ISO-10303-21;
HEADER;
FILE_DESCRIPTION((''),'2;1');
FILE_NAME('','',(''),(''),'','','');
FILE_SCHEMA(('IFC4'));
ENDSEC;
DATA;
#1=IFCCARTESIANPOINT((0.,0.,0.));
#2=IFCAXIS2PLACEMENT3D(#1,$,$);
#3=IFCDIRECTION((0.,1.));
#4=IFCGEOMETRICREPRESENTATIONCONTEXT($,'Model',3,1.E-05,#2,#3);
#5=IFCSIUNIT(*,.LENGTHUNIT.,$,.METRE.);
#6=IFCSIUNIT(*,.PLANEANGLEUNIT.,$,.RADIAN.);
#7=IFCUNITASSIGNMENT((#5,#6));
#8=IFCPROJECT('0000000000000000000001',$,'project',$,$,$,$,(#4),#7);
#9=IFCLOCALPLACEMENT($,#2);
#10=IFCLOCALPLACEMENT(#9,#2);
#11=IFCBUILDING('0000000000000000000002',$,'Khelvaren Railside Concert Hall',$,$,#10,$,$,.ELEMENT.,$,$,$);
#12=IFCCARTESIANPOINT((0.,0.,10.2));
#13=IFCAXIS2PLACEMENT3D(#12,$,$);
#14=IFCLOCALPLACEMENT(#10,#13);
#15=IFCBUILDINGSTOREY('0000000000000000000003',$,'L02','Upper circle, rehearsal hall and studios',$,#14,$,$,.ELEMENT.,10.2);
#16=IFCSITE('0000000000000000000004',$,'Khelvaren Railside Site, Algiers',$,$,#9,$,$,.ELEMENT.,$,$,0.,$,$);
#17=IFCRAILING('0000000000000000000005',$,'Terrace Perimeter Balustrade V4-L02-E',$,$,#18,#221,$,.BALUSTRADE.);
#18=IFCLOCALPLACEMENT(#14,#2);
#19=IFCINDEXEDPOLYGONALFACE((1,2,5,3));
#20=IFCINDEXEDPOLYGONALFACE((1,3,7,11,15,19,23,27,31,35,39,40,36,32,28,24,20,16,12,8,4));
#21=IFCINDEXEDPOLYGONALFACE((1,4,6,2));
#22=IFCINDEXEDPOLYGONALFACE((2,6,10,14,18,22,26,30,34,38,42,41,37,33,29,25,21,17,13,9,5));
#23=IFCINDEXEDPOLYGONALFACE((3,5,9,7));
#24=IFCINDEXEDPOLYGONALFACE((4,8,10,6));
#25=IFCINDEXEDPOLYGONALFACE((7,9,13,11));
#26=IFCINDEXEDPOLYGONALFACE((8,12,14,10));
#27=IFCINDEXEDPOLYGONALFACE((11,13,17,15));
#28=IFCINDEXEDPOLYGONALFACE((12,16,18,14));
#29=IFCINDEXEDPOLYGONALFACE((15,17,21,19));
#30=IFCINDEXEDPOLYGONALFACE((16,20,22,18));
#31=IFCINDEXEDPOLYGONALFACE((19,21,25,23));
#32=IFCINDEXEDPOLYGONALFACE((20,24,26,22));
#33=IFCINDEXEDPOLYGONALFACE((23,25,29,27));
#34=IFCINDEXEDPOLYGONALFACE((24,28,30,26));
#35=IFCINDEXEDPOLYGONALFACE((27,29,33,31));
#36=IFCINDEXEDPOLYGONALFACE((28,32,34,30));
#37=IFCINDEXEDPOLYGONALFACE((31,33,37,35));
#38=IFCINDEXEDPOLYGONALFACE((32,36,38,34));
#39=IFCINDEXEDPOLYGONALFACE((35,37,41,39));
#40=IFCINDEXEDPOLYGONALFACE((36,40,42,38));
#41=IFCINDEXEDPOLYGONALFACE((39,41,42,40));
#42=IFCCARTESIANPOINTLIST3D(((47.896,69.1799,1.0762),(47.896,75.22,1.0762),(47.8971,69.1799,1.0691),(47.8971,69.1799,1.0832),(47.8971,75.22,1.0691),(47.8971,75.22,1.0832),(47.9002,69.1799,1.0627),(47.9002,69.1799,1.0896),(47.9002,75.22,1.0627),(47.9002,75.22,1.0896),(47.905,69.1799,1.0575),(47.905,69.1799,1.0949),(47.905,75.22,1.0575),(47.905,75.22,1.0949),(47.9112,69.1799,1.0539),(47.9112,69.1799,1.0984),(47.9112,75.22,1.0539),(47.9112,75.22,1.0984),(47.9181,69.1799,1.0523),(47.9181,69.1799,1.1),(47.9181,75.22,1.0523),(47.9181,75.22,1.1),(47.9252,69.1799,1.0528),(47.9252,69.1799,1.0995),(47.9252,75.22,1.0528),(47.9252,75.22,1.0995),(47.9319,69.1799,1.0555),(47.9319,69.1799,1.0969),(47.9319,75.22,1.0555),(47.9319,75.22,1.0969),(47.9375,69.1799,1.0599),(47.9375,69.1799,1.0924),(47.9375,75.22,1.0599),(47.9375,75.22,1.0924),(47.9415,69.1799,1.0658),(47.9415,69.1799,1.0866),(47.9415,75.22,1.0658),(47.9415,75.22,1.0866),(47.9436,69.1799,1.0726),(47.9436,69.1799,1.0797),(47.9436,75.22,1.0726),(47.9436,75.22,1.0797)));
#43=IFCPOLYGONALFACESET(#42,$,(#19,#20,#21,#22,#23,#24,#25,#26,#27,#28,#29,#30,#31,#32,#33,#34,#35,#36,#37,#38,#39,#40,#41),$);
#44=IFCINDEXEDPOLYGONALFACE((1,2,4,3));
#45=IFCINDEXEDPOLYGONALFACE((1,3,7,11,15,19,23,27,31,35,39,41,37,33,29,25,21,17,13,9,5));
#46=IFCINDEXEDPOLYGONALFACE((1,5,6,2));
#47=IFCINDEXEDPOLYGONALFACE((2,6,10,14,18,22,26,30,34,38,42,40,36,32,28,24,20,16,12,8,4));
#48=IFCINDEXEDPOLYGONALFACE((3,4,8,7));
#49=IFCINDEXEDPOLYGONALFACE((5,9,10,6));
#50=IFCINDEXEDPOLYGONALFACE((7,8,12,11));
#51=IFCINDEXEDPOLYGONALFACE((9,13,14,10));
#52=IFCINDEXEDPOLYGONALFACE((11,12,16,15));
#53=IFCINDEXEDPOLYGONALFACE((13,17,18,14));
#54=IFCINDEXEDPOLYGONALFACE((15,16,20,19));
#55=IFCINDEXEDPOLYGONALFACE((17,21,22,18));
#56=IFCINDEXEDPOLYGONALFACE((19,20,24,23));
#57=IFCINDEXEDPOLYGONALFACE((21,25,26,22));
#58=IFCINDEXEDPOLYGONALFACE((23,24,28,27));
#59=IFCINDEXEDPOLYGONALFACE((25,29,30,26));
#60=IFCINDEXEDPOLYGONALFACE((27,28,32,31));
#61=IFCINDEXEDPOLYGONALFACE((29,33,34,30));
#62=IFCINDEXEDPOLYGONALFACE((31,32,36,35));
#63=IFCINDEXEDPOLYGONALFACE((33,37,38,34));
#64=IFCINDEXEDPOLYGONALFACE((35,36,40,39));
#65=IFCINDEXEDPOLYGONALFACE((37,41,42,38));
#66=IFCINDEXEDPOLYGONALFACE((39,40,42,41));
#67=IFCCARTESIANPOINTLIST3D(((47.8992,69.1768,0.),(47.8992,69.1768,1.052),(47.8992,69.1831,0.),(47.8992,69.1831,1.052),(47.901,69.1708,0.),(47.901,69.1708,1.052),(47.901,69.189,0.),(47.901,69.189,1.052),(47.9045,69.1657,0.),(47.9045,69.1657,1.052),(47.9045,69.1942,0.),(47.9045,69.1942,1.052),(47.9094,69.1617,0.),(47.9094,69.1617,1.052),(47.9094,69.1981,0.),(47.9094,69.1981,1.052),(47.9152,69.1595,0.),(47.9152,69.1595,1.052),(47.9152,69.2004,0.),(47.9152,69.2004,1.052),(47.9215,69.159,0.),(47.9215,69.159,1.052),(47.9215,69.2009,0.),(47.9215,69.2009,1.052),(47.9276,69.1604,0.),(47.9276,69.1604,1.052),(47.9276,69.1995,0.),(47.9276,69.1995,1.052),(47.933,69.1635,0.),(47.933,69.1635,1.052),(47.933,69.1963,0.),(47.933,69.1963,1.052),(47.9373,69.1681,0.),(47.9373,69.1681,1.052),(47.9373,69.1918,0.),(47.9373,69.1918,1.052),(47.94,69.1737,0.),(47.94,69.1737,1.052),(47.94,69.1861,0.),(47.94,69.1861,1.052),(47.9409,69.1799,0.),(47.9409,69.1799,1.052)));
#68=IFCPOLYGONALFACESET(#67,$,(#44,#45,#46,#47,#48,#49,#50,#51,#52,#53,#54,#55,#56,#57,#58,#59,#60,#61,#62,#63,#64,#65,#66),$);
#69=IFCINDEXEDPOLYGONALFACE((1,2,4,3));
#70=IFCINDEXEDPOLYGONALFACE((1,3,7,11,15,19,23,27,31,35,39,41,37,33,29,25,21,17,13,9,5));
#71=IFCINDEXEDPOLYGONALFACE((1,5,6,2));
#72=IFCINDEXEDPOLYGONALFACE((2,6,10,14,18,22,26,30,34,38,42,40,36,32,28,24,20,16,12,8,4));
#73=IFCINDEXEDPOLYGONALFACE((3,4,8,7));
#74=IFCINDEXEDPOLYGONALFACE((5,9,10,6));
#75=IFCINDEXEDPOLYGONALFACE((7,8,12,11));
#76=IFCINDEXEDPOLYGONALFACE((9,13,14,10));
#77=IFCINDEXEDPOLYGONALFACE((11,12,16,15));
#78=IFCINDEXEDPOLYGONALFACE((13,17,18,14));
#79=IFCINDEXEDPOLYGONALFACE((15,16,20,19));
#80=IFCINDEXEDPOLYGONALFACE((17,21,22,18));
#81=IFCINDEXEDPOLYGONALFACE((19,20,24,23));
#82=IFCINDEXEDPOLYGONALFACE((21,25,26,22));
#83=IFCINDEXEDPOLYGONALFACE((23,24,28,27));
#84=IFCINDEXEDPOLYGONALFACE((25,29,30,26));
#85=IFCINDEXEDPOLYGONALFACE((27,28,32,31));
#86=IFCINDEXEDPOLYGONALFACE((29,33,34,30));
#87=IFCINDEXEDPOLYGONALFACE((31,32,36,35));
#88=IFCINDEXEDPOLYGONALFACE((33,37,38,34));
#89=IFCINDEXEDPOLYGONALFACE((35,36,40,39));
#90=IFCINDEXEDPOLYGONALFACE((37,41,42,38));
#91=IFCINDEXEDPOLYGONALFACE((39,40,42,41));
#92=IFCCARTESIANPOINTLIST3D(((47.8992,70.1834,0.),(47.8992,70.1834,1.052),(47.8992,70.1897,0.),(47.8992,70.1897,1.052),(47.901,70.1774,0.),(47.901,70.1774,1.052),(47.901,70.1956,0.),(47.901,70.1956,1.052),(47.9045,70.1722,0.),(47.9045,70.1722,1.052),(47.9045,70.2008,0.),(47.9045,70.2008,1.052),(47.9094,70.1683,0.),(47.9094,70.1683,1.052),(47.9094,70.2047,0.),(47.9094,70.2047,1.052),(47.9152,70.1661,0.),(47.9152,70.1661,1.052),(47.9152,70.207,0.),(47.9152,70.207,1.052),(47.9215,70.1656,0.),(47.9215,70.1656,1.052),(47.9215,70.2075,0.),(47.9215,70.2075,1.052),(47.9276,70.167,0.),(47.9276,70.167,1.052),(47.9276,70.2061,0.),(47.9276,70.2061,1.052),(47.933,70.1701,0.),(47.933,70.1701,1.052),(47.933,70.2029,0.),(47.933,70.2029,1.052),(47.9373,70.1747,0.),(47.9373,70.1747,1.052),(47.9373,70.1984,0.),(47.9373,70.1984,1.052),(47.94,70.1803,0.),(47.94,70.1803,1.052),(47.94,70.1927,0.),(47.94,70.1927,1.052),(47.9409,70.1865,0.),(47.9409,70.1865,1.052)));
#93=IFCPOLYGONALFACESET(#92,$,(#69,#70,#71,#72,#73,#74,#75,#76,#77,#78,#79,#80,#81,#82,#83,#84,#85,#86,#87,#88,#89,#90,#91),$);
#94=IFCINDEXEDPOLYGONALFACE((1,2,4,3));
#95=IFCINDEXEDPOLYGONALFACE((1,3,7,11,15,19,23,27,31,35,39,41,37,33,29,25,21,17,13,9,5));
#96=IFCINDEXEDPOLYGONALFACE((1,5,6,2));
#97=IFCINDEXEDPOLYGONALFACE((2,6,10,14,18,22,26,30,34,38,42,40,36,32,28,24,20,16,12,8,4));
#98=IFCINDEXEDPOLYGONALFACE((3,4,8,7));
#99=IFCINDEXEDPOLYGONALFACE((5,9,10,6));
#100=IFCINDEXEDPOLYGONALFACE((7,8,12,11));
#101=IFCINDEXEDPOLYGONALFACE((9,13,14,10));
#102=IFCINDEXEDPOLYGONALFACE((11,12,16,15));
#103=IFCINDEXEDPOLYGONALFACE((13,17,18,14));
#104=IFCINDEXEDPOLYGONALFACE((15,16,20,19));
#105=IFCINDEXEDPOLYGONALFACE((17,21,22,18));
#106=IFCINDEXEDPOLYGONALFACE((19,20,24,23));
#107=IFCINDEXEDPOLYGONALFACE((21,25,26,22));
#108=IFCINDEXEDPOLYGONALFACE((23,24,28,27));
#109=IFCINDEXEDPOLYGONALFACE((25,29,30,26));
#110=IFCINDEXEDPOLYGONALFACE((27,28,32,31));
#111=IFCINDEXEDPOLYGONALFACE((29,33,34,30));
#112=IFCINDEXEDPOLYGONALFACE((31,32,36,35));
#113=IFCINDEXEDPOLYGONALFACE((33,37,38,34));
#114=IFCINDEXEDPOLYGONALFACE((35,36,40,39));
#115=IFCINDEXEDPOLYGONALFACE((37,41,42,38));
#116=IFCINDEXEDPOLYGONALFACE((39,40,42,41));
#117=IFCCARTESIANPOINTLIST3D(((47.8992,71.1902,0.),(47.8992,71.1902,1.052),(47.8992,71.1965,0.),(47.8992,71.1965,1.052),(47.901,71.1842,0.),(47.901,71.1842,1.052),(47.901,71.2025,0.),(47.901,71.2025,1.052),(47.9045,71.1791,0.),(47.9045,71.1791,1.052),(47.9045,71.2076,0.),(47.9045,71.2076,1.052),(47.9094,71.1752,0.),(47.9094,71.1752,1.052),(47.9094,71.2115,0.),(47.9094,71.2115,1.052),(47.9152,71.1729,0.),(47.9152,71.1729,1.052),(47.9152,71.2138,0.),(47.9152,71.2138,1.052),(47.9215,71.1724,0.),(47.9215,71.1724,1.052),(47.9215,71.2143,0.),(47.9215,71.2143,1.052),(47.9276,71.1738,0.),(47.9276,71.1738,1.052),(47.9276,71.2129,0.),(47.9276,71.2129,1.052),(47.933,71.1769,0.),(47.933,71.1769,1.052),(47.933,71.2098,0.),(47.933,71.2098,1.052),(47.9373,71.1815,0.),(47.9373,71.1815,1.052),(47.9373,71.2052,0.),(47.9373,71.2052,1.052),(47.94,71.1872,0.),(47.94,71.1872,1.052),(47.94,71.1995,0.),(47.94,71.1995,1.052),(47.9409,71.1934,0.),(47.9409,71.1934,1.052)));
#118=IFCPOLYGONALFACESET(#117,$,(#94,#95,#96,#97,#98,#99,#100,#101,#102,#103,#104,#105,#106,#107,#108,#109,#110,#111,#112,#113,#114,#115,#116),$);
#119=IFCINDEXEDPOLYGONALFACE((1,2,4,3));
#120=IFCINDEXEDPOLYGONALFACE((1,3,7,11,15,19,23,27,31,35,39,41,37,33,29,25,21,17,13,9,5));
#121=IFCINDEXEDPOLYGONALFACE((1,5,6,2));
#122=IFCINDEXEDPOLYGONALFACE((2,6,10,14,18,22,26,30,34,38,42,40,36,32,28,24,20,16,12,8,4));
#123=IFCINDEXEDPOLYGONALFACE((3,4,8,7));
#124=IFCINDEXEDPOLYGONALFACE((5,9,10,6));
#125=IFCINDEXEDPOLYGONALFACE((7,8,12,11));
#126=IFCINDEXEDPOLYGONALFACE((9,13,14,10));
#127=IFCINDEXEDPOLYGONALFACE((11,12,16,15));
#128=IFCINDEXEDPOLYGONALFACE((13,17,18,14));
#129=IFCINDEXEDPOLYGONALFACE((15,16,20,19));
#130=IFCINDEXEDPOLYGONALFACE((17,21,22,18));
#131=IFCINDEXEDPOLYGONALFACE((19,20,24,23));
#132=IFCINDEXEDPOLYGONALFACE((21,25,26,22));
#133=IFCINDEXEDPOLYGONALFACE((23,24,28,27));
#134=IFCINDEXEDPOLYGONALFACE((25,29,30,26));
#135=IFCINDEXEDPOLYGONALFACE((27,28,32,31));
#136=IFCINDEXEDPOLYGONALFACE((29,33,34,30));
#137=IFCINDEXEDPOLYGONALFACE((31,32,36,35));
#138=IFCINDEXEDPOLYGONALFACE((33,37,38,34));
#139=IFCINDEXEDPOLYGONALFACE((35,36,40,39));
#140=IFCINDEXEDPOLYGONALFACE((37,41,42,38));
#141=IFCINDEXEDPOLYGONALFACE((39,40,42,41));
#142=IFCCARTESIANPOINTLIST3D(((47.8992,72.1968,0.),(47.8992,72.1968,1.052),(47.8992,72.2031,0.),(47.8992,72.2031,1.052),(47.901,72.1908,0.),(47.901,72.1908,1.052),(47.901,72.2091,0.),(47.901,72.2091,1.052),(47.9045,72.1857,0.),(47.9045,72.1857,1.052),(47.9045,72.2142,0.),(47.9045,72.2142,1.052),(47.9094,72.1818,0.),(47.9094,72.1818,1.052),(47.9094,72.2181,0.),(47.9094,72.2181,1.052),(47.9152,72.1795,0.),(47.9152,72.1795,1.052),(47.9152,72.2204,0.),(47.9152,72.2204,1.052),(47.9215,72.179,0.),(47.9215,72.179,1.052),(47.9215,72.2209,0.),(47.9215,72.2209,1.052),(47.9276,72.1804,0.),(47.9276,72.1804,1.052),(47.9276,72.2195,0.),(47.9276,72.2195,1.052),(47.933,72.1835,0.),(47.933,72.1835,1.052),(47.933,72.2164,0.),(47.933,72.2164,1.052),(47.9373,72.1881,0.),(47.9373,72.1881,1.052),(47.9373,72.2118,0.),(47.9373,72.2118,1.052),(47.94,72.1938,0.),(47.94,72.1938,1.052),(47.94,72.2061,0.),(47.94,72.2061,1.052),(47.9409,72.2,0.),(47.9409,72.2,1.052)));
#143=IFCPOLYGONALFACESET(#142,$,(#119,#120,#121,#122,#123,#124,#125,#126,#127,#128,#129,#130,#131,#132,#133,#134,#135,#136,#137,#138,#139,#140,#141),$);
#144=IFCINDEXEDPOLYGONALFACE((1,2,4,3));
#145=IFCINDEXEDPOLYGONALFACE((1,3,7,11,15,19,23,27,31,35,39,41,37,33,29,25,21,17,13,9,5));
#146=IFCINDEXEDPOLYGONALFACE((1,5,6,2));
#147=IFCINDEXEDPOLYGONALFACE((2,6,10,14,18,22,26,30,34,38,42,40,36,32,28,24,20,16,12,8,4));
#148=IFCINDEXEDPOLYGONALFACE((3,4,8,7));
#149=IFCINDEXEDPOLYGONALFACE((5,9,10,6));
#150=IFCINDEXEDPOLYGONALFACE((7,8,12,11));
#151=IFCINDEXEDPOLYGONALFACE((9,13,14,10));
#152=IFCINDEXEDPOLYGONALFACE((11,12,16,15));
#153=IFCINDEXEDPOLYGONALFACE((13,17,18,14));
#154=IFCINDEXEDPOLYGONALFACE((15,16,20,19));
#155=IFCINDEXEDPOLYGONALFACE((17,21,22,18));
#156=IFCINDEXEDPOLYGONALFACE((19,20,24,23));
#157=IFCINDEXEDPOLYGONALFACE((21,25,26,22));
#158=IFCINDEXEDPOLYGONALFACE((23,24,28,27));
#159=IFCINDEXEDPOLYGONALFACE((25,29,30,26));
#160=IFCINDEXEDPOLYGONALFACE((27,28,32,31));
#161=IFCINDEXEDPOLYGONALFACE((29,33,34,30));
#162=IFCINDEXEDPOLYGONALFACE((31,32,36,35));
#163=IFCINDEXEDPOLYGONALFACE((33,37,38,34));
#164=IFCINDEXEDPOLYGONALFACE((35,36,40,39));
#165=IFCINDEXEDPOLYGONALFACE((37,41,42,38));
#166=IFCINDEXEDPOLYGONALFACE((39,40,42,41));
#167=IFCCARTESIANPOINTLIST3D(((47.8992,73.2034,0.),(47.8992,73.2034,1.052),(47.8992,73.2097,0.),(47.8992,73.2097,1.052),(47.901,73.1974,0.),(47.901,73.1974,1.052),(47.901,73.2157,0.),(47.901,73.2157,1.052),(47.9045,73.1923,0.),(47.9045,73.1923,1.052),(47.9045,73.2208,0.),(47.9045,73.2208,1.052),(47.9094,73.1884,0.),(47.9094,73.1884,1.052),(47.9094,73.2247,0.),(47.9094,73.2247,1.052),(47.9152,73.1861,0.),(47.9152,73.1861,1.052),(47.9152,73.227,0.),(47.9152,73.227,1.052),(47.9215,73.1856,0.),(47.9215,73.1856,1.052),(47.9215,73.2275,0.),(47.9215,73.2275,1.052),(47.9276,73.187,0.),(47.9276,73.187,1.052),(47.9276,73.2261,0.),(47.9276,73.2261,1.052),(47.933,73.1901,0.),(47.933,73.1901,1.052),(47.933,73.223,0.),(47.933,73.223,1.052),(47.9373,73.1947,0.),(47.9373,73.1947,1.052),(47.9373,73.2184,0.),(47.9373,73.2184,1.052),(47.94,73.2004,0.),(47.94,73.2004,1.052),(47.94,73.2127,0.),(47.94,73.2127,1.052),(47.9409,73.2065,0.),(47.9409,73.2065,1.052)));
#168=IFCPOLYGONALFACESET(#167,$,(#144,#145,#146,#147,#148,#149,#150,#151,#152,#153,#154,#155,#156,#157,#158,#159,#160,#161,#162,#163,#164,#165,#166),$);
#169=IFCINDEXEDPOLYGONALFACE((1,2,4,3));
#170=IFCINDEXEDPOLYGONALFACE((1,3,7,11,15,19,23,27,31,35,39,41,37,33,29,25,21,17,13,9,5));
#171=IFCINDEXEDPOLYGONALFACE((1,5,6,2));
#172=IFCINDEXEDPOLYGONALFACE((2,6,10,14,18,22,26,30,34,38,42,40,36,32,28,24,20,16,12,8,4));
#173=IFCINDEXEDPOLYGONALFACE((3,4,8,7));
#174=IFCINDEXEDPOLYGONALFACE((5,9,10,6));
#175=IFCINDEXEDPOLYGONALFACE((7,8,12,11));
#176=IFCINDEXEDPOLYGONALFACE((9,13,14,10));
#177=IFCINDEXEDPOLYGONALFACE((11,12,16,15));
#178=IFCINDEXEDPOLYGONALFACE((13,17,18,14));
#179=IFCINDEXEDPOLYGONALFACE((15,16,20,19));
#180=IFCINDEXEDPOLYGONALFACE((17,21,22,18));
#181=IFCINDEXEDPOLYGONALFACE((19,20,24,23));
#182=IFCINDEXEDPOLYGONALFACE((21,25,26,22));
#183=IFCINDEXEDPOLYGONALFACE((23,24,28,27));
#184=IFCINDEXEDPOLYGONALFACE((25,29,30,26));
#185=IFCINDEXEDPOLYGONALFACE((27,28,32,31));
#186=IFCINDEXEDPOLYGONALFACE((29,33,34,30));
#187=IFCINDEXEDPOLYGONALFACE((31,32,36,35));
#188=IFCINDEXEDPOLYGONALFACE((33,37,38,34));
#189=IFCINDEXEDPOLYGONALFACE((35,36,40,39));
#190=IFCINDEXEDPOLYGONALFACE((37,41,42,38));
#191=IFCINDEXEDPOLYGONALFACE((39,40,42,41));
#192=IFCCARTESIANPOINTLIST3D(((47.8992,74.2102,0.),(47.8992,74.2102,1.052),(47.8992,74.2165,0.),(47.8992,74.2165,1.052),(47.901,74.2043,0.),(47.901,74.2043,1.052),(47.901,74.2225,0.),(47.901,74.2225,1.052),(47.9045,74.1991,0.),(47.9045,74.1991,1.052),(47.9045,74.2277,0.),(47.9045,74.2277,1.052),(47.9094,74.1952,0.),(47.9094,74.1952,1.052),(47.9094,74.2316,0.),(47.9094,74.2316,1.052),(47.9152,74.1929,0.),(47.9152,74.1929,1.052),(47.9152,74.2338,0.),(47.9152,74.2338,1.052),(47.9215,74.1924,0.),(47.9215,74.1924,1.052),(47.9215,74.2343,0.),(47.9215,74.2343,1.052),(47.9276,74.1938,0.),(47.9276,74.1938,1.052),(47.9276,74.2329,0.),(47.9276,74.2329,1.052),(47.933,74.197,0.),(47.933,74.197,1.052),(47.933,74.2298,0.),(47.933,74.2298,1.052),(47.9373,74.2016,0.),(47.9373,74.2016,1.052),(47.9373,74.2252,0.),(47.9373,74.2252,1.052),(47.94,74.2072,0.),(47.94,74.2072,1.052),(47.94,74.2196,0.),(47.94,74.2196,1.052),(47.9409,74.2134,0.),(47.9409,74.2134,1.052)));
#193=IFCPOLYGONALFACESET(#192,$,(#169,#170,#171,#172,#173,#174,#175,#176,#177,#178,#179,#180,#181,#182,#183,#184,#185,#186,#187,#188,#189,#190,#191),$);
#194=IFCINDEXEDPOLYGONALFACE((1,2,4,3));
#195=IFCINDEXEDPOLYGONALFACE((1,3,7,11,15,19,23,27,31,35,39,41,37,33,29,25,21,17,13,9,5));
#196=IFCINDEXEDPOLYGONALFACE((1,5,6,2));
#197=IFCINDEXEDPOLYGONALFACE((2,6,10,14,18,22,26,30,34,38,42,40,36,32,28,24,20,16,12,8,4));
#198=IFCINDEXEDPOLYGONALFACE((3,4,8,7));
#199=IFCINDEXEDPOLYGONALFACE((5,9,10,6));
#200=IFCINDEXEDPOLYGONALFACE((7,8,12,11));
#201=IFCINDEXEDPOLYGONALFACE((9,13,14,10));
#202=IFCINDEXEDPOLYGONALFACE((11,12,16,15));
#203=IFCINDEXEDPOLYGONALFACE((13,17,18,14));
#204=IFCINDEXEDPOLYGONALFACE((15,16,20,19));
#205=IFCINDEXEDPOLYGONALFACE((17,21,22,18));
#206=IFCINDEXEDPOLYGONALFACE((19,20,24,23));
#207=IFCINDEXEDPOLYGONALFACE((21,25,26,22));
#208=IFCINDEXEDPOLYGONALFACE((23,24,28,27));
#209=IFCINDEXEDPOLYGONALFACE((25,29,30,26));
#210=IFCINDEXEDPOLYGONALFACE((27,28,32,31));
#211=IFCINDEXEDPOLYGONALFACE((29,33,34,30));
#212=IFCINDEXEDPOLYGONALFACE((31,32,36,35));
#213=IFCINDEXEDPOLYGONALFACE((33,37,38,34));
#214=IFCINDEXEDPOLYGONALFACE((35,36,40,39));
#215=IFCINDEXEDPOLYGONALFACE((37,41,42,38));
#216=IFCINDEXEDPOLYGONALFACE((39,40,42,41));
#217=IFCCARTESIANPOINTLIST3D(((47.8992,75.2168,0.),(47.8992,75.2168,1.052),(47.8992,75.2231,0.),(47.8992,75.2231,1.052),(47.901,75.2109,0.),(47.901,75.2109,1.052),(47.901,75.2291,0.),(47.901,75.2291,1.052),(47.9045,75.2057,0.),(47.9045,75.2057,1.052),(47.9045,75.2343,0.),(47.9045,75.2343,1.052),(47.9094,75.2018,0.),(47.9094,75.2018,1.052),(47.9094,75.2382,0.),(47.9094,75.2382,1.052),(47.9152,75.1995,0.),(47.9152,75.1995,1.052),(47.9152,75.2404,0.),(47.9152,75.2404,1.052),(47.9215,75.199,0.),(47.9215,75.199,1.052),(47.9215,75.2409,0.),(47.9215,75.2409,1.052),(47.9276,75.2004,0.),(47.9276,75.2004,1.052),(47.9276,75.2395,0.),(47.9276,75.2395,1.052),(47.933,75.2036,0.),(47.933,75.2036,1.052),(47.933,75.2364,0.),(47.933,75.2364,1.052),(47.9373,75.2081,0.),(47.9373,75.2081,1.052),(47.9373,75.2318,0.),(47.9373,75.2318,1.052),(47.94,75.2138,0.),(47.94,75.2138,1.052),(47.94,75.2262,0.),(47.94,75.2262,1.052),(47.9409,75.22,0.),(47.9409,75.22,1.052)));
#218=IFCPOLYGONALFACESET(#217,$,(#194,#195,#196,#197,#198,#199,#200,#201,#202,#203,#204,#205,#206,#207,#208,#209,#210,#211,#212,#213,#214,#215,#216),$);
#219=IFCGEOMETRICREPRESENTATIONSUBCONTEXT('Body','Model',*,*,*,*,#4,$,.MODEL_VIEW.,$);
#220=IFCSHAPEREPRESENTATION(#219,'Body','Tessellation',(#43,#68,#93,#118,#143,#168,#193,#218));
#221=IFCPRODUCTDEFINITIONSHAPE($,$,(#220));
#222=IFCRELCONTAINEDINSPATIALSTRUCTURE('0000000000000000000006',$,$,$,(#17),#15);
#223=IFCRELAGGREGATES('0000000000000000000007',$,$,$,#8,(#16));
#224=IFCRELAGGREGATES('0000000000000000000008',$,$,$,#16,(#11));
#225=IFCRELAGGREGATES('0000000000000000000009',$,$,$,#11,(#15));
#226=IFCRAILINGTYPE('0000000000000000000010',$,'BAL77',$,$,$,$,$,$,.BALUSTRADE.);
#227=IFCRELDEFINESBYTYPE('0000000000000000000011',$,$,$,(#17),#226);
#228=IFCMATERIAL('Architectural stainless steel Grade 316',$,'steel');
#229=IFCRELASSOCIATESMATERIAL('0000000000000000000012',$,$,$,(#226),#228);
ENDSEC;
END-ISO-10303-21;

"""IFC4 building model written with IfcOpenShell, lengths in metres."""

from ifc_helpers import new_model, si_unit, direction, frame, origin, origin_2d, place, context, subcontext, project, spatial, circle, extrude, material, type_object, element, save


model = new_model("IFC4")

# Units and contexts
model_context = context("Model", 3, precision=1e-05, world=origin(), true_north=direction((0.0, 1.0)))
body_context = subcontext(model_context, "Body", "Model", "MODEL_VIEW")
ifc_project = project(units=[si_unit("LENGTHUNIT", "METRE"), si_unit("PLANEANGLEUNIT", "RADIAN")], contexts=[model_context])

# Site, building, storey
site_placement = place(None, origin())
site = spatial("IfcSite", under=ifc_project, at=site_placement, Name="Khelvaren Railside Site, Algiers", CompositionType="ELEMENT", RefElevation=0.0)
building_placement = place(site_placement, origin())
building = spatial("IfcBuilding", under=site, at=building_placement, Name="Khelvaren Railside Concert Hall", CompositionType="ELEMENT")
storey_placement = place(building_placement, frame((0.0, 0.0, 10.2)))
storey = spatial("IfcBuildingStorey", under=building, at=storey_placement, Name="L02", Description="Upper circle, rehearsal hall and studios", CompositionType="ELEMENT", Elevation=10.2)

# Railing
ifc_material_1 = material(Name="Architectural stainless steel Grade 316", Category="steel")
railing_type = type_object("IfcRailingType", Name="BAL77", PredefinedType="BALUSTRADE", material=ifc_material_1)
railing_1_placement = place(storey_placement, frame((47.9199, 69.1799, 0.0)))
element("IfcRailing", 1, at=railing_1_placement, inside=storey, type_object=railing_type, Name="Terrace Perimeter Balustrade V4-L02-E", PredefinedType="BALUSTRADE", context=body_context, shape_type="SweptSolid", body=[
    extrude(circle(Radius=0.0239, at=origin_2d()), frame((0.0, 0.0, 1.0762), z_axis=(0.0, 1.0, 0.0), x_axis=(-1.0, 0.0, 0.0)), (0.0, 0.0, 1.0), 6.04),
    extrude(circle(Radius=0.021, at=origin_2d()), origin(), (0.0, 0.0, 1.0), 1.052),
    extrude(circle(Radius=0.021, at=origin_2d()), frame((0.0, 1.0066, 0.0)), (0.0, 0.0, 1.0), 1.052),
    extrude(circle(Radius=0.021, at=origin_2d()), frame((0.0, 2.0134, 0.0)), (0.0, 0.0, 1.0), 1.052),
    extrude(circle(Radius=0.021, at=origin_2d()), frame((0.0, 3.02, 0.0)), (0.0, 0.0, 1.0), 1.052),
    extrude(circle(Radius=0.021, at=origin_2d()), frame((0.0, 4.0266, 0.0)), (0.0, 0.0, 1.0), 1.052),
    extrude(circle(Radius=0.021, at=origin_2d()), frame((0.0, 5.0334, 0.0)), (0.0, 0.0, 1.0), 1.052),
    extrude(circle(Radius=0.021, at=origin_2d()), frame((0.0, 6.04, 0.0)), (0.0, 0.0, 1.0), 1.052),
])

save(model, "model.ifc")
